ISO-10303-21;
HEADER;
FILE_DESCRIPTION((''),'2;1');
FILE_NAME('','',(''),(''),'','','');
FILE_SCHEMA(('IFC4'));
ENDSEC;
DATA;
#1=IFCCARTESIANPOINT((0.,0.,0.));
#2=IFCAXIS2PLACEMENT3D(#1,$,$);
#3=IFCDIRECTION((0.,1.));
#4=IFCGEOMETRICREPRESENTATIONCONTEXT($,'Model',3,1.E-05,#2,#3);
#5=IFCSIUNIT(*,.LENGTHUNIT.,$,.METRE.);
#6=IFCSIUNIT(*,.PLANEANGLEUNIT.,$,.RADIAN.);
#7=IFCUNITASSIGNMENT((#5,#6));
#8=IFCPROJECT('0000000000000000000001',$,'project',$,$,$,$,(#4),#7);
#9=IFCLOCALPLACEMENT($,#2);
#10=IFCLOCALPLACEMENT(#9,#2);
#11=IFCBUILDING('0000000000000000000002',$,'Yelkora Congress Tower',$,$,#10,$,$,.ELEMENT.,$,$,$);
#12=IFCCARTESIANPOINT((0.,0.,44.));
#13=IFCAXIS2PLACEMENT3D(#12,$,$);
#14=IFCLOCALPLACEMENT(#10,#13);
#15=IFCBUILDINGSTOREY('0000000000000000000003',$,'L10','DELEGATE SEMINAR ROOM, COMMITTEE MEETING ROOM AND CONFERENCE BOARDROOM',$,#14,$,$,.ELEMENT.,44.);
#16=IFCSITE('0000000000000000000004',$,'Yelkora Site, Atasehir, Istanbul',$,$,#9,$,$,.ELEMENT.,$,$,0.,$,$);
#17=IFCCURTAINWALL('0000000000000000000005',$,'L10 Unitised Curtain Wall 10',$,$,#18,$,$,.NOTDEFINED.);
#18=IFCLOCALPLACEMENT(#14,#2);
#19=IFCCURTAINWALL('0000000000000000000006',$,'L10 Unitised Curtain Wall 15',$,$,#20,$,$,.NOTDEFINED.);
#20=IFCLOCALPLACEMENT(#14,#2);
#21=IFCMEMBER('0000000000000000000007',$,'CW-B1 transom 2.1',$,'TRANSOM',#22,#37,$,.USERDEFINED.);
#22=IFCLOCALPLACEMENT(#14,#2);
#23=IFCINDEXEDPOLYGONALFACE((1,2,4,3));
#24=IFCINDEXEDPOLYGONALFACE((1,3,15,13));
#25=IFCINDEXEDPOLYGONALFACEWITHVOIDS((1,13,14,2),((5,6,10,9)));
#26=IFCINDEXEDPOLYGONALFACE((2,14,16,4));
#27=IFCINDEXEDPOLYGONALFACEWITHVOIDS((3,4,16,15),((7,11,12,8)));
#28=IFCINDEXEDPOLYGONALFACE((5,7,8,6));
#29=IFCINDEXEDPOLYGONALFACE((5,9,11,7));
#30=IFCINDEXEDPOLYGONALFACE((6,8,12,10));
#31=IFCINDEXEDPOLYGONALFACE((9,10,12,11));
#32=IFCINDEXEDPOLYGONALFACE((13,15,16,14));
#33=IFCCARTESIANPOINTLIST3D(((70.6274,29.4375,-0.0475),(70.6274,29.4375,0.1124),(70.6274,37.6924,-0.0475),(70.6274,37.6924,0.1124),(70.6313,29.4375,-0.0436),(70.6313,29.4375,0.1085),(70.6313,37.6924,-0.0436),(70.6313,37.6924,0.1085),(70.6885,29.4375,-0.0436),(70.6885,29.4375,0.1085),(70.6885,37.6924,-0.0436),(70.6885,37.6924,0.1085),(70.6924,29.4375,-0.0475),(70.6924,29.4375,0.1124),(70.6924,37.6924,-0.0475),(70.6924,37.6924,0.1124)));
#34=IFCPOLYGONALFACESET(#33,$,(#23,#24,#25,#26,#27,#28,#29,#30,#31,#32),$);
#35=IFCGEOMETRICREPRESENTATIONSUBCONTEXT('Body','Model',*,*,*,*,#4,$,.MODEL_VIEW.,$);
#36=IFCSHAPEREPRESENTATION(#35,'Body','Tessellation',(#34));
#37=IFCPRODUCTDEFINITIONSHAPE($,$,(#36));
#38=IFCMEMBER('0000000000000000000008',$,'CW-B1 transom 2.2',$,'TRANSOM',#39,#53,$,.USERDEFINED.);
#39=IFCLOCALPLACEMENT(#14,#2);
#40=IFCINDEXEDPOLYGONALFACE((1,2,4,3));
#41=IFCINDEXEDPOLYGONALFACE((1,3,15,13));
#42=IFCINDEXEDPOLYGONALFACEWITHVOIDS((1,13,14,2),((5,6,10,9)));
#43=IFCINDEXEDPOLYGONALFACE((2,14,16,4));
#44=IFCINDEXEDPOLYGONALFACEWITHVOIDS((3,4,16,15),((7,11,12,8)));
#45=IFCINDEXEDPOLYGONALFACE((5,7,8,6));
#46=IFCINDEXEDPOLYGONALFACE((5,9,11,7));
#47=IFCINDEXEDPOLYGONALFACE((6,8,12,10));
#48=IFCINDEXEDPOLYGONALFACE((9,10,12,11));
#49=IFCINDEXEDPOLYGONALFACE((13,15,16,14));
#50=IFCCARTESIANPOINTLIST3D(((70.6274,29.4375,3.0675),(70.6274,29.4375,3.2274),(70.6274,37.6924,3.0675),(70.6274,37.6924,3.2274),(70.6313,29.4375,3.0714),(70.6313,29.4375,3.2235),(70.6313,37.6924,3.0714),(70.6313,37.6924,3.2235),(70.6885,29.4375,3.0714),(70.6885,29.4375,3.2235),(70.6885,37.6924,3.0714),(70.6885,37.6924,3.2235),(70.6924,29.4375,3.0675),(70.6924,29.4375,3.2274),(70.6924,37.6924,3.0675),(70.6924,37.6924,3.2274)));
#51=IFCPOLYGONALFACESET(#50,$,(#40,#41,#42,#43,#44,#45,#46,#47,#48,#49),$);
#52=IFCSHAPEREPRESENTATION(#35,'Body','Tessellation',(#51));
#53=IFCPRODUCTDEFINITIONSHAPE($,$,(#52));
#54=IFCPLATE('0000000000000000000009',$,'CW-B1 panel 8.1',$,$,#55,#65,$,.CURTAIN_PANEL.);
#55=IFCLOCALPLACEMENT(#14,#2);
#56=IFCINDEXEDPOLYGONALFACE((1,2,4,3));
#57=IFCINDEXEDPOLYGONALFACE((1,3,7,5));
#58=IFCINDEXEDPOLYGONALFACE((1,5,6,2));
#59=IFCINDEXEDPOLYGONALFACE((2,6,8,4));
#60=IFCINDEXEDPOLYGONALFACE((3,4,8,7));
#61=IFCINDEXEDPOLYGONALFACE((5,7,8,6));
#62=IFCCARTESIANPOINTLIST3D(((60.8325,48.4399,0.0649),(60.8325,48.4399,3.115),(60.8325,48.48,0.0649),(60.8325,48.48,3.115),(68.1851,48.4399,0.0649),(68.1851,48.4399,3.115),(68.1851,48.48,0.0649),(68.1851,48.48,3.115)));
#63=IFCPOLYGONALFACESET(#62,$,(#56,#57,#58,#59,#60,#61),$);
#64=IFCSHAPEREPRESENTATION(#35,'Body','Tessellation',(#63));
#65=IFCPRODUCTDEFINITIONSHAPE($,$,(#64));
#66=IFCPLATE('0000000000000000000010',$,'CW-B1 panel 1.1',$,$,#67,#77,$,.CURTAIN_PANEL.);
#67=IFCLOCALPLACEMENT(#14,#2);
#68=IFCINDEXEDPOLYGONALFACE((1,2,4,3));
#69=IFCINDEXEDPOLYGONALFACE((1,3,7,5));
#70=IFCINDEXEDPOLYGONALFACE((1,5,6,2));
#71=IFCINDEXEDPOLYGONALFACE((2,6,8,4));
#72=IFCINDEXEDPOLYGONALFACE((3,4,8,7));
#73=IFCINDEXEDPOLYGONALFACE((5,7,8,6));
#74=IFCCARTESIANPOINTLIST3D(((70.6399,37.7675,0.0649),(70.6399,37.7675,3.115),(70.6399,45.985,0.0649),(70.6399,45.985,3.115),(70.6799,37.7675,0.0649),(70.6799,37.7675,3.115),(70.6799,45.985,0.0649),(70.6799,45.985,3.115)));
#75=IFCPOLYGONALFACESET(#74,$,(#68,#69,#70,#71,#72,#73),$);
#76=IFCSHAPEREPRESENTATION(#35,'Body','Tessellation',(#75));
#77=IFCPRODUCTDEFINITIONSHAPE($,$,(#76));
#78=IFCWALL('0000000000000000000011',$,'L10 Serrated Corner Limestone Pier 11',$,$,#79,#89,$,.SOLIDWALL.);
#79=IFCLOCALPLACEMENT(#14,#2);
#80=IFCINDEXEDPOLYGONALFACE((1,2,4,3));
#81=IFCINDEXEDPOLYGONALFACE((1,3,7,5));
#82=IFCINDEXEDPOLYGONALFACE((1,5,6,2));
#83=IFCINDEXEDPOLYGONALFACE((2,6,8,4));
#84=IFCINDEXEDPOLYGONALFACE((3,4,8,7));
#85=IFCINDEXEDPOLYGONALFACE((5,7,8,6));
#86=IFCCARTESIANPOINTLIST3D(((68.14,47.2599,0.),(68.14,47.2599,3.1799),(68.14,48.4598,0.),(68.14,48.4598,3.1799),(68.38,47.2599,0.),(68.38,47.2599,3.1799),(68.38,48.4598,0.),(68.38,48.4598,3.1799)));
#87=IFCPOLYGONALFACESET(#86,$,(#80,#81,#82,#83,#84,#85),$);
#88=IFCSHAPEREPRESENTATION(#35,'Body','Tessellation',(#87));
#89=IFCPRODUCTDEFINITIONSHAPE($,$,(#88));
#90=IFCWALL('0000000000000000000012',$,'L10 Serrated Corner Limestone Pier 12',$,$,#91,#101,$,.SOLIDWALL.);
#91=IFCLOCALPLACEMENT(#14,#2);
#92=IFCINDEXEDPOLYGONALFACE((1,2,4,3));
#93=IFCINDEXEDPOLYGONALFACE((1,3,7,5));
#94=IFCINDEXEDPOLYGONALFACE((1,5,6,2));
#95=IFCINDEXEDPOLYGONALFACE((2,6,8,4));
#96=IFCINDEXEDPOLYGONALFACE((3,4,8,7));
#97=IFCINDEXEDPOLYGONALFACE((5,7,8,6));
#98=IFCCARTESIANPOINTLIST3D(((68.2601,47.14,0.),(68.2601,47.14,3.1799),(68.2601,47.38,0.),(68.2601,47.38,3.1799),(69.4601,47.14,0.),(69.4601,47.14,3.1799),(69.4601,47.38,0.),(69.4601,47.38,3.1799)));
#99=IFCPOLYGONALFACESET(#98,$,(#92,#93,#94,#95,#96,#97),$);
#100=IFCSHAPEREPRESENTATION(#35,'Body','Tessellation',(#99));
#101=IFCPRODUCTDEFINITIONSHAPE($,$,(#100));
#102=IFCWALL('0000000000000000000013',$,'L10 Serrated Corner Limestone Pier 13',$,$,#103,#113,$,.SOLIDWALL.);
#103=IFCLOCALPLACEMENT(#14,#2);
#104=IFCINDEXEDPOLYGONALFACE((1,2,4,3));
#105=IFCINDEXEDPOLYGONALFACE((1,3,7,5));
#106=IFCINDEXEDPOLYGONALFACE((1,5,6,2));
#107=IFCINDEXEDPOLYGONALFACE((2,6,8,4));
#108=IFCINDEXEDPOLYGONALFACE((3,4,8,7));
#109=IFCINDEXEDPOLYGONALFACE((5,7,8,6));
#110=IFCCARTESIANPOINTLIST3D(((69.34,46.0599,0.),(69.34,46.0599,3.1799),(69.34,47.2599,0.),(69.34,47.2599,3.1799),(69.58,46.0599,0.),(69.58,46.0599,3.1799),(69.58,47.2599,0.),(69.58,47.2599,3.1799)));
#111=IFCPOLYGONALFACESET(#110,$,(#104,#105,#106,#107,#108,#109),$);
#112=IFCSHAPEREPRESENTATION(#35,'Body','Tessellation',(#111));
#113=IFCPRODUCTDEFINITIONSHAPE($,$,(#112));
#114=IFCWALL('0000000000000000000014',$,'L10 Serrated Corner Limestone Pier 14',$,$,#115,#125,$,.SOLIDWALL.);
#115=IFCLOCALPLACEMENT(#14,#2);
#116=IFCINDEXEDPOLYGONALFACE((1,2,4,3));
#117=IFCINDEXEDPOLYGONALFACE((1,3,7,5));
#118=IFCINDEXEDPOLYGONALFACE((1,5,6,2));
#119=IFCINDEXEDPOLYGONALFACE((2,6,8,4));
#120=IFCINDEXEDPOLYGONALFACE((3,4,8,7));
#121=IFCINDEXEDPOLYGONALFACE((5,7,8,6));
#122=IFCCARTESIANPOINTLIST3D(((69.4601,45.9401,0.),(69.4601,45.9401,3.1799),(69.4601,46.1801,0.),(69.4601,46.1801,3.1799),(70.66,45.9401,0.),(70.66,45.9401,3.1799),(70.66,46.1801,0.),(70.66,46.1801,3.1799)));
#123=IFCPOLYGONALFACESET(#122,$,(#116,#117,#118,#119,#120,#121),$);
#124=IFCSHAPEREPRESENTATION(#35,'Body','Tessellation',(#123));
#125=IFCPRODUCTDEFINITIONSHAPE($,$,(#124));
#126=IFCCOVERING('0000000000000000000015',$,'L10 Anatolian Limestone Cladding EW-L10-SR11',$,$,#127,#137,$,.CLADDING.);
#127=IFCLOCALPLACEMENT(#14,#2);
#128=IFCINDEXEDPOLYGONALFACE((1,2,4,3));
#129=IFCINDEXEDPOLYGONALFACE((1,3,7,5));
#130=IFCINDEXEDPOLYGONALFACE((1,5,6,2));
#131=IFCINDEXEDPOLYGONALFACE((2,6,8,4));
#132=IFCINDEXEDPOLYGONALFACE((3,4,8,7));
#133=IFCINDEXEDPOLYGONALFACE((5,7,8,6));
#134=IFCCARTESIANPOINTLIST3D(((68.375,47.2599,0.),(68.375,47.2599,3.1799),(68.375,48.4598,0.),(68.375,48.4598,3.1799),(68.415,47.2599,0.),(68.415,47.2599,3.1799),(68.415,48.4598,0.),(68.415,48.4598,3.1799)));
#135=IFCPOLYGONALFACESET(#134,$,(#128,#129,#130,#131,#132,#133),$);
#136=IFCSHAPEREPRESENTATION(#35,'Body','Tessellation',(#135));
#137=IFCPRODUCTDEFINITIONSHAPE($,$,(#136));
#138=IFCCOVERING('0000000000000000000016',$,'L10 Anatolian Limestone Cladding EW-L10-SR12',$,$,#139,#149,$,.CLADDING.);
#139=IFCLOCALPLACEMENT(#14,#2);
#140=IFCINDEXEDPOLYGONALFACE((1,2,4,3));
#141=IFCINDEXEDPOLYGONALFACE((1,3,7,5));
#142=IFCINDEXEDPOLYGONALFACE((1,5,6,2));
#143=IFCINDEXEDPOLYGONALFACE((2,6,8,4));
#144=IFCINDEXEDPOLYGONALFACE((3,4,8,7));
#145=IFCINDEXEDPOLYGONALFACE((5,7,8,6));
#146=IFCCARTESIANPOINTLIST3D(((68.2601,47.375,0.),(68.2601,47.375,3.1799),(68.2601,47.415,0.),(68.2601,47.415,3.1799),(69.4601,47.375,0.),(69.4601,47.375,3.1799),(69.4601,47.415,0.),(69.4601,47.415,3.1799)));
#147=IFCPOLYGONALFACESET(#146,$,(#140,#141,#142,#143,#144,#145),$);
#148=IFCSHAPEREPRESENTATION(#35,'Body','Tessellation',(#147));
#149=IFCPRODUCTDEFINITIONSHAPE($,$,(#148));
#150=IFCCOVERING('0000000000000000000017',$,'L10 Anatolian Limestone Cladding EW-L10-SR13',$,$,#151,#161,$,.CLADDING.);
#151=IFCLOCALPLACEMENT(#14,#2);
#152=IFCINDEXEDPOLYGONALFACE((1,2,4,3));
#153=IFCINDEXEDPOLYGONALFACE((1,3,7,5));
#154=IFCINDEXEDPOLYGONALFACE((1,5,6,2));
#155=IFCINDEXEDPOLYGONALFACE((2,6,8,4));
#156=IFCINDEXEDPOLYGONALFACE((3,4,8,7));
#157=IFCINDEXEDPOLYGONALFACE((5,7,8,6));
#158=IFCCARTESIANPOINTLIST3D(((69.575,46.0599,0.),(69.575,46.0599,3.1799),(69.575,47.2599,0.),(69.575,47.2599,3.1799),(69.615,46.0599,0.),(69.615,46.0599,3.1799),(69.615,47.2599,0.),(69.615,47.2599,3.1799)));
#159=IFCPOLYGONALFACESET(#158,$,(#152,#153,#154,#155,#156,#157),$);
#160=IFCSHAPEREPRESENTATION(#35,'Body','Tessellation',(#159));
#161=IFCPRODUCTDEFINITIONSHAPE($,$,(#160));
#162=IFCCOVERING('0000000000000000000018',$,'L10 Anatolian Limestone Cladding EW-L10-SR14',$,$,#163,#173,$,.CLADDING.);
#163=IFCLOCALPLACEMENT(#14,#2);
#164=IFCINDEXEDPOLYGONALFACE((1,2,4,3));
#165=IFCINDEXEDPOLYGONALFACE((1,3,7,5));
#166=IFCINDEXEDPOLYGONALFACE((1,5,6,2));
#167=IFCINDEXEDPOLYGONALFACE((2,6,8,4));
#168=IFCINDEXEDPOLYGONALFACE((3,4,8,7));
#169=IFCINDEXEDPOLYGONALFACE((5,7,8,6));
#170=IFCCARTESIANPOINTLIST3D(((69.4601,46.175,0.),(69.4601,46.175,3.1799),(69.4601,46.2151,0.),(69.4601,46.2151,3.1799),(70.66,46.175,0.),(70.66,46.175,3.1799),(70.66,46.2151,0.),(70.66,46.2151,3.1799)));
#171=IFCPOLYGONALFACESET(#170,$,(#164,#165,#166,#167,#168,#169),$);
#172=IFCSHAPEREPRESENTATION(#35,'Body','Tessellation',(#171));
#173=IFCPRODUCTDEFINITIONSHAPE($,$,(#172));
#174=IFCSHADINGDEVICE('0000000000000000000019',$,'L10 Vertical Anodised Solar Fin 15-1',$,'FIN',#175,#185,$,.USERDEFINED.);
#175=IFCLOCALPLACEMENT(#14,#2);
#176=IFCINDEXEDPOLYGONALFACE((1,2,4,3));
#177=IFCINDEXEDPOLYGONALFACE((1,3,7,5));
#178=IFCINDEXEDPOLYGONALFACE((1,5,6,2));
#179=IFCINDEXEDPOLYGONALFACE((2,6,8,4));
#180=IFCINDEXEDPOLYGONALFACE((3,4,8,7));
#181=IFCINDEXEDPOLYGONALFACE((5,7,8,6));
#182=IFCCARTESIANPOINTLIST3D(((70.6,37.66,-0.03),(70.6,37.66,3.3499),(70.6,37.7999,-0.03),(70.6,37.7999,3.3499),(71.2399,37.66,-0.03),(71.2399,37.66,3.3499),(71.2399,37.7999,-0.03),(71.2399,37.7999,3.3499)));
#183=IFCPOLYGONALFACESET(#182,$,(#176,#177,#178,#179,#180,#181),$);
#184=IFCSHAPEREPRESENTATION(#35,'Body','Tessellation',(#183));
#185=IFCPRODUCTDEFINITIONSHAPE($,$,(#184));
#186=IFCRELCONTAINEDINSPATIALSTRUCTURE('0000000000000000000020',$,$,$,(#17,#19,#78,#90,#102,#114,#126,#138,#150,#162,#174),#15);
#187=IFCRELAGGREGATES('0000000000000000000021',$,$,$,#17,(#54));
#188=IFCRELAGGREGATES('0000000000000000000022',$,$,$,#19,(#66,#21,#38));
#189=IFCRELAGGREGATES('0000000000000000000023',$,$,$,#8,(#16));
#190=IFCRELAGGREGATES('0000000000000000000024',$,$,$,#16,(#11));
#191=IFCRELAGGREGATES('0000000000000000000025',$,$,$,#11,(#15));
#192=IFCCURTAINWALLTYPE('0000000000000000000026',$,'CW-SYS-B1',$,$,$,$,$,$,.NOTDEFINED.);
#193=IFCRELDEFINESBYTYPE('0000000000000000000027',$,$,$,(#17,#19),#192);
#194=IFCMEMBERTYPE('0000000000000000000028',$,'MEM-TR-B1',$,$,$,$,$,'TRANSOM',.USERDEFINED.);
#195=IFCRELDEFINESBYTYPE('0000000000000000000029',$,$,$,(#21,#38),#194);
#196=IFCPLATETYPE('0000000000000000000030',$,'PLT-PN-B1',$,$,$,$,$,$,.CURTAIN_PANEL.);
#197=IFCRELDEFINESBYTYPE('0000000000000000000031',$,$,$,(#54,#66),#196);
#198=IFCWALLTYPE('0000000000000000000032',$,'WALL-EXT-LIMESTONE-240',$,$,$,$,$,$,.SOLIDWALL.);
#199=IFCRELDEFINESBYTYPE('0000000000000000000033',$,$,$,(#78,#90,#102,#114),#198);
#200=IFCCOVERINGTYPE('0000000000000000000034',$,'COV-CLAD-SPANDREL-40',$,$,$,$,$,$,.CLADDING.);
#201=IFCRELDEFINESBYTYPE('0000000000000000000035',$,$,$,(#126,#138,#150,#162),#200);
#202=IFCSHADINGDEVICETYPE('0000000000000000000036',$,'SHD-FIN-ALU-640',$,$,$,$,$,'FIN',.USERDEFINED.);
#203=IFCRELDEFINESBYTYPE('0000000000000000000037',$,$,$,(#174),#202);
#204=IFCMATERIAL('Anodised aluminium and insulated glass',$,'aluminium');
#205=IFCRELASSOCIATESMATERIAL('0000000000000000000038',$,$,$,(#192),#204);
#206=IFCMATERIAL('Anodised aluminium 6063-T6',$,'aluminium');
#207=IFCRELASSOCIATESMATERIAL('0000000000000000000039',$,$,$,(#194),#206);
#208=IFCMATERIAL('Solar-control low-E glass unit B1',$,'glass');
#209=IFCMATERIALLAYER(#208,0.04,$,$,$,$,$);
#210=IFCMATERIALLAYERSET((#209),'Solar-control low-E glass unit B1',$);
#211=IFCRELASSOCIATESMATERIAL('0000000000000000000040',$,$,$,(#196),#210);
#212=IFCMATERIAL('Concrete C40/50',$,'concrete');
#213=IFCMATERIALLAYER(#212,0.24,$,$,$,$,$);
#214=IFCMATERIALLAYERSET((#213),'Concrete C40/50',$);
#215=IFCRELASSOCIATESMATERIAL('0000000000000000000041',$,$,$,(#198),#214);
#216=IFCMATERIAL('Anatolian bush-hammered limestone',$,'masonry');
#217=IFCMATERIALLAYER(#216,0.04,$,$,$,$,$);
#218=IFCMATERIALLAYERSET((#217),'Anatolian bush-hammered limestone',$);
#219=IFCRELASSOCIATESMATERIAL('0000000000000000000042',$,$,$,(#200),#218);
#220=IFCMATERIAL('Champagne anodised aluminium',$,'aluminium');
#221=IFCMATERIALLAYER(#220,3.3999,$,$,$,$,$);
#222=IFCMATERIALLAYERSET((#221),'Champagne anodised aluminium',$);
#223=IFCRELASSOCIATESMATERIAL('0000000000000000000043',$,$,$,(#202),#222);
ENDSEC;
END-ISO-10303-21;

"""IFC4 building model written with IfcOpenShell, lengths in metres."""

from ifc_helpers import new_model, si_unit, direction, frame, frame_2d, origin, origin_2d, place, context, subcontext, project, spatial, rectangle, hollow_rectangle, extrude, material, layer, layer_set, material_profile, profile_set, type_object, element, aggregate, save


model = new_model("IFC4")

# Units and contexts
model_context = context("Model", 3, precision=1e-05, world=origin(), true_north=direction((0.0, 1.0)))
body_context = subcontext(model_context, "Body", "Model", "MODEL_VIEW")
ifc_project = project(units=[si_unit("LENGTHUNIT", "METRE"), si_unit("PLANEANGLEUNIT", "RADIAN")], contexts=[model_context])

# Site, building, storey
site_placement = place(None, origin())
site = spatial("IfcSite", under=ifc_project, at=site_placement, Name="Yelkora Site, Atasehir, Istanbul", CompositionType="ELEMENT", RefElevation=0.0)
building_placement = place(site_placement, origin())
building = spatial("IfcBuilding", under=site, at=building_placement, Name="Yelkora Congress Tower", CompositionType="ELEMENT")
storey_placement = place(building_placement, frame((0.0, 0.0, 44.0)))
storey = spatial("IfcBuildingStorey", under=building, at=storey_placement, Name="L10", Description="DELEGATE SEMINAR ROOM, COMMITTEE MEETING ROOM AND CONFERENCE BOARDROOM", CompositionType="ELEMENT", Elevation=44.0)

# Curtain wall
ifc_material_1 = material(Name="Anodised aluminium and insulated glass", Category="aluminium")
curtain_wall_type = type_object("IfcCurtainWallType", Name="CW-SYS-B1", PredefinedType="NOTDEFINED", material=ifc_material_1)
curtain_wall_1_placement = place(storey_placement, origin())
curtain_wall_1 = element("IfcCurtainWall", 1, at=curtain_wall_1_placement, inside=storey, type_object=curtain_wall_type, Name="L10 Unitised Curtain Wall 10", PredefinedType="NOTDEFINED")
ifc_material_2 = material(Name="Anodised aluminium 6063-T6", Category="aluminium")

# Curtain wall, members
curtain_wall_2_placement = place(storey_placement, origin())
curtain_wall_2 = element("IfcCurtainWall", 2, at=curtain_wall_2_placement, inside=storey, type_object=curtain_wall_type, Name="L10 Unitised Curtain Wall 15", PredefinedType="NOTDEFINED")
ifc_material_profile_1 = material_profile(ifc_material_2, hollow_rectangle(XDim=0.0649, YDim=0.1599, WallThickness=0.0039, at=origin_2d()), Name="ALU 65x160x4")
ifc_profile_set_1 = profile_set([ifc_material_profile_1], Name="Anodised aluminium 6063-T6")
member_type_1 = type_object("IfcMemberType", Name="MEM-TR-B1", ElementType="TRANSOM", PredefinedType="USERDEFINED", material=ifc_profile_set_1)
member_1_placement = place(storey_placement, frame((70.6599, 37.6924, 0.0325), z_axis=(0.0, -1.0, 0.0), x_axis=(1.0, 0.0, 0.0)))
member_1 = element("IfcMember", 3, at=member_1_placement, type_object=member_type_1, Name="CW-B1 transom 2.1", ObjectType="TRANSOM", PredefinedType="USERDEFINED", context=body_context, shape_type="SweptSolid", body=[
    extrude(hollow_rectangle(XDim=0.0649, YDim=0.1599, WallThickness=0.0039, at=origin_2d()), origin(), (0.0, 0.0, 1.0), 8.2549),
])
member_2_placement = place(storey_placement, frame((70.6599, 37.6924, 3.1475), z_axis=(0.0, -1.0, 0.0), x_axis=(1.0, 0.0, 0.0)))
member_2 = element("IfcMember", 4, at=member_2_placement, type_object=member_type_1, Name="CW-B1 transom 2.2", ObjectType="TRANSOM", PredefinedType="USERDEFINED", context=body_context, shape_type="SweptSolid", body=[
    extrude(hollow_rectangle(XDim=0.0649, YDim=0.1599, WallThickness=0.0039, at=origin_2d()), origin(), (0.0, 0.0, 1.0), 8.2549),
])

# Plates
ifc_material_3 = material(Name="Solar-control low-E glass unit B1", Category="glass")
ifc_layer_1 = layer(ifc_material_3, 0.04)
ifc_layer_set_1 = layer_set([ifc_layer_1], Name="Solar-control low-E glass unit B1")
plate_type = type_object("IfcPlateType", Name="PLT-PN-B1", PredefinedType="CURTAIN_PANEL", material=ifc_layer_set_1)
plate_1_placement = place(storey_placement, frame((64.5088, 48.46, 0.0649), z_axis=(0.0, 0.0, 1.0), x_axis=(1.0, 0.0, 0.0)))
plate_1 = element("IfcPlate", 5, at=plate_1_placement, type_object=plate_type, Name="CW-B1 panel 8.1", PredefinedType="CURTAIN_PANEL", context=body_context, shape_type="SweptSolid", body=[
    extrude(rectangle(XDim=7.3525, YDim=0.04, at=origin_2d()), origin(), (0.0, 0.0, 1.0), 3.05),
])
aggregate(curtain_wall_1, [plate_1])
plate_2_placement = place(storey_placement, frame((70.6599, 41.8762, 0.0649), z_axis=(0.0, 0.0, 1.0), x_axis=(0.0, -1.0, 0.0)))
plate_2 = element("IfcPlate", 6, at=plate_2_placement, type_object=plate_type, Name="CW-B1 panel 1.1", PredefinedType="CURTAIN_PANEL", context=body_context, shape_type="SweptSolid", body=[
    extrude(rectangle(XDim=8.2175, YDim=0.04, at=origin_2d()), origin(), (0.0, 0.0, 1.0), 3.05),
])
aggregate(curtain_wall_2, [plate_2, member_1, member_2])

# Walls
ifc_material_4 = material(Name="Concrete C40/50", Category="concrete")
ifc_layer_2 = layer(ifc_material_4, 0.24)
ifc_layer_set_2 = layer_set([ifc_layer_2], Name="Concrete C40/50")
wall_type = type_object("IfcWallType", Name="WALL-EXT-LIMESTONE-240", PredefinedType="SOLIDWALL", material=ifc_layer_set_2)
for number, where, z_axis, x_axis, name in (
    (7, (68.26, 48.46, 0.0), (0.0, 0.0, 1.0), (0.0, -1.0, 0.0), "L10 Serrated Corner Limestone Pier 11"),
    (8, (68.26, 47.26, 0.0), (0.0, 0.0, 1.0), (1.0, 0.0, 0.0), "L10 Serrated Corner Limestone Pier 12"),
    (9, (69.46, 47.26, 0.0), (0.0, 0.0, 1.0), (0.0, -1.0, 0.0), "L10 Serrated Corner Limestone Pier 13"),
    (10, (69.46, 46.0601, 0.0), (0.0, 0.0, 1.0), (1.0, 0.0, 0.0), "L10 Serrated Corner Limestone Pier 14"),
):
    element("IfcWall", number, at=place(storey_placement, frame(where, z_axis=z_axis, x_axis=x_axis)), inside=storey, type_object=wall_type, Name=name, PredefinedType="SOLIDWALL", context=body_context, shape_type="SweptSolid", body=[
        extrude(rectangle(XDim=1.2, YDim=0.24, at=frame_2d((0.6001, 0.0))), origin(), (0.0, 0.0, 1.0), 3.1799),
    ])

# Coverings
ifc_material_5 = material(Name="Anatolian bush-hammered limestone", Category="masonry")
ifc_layer_3 = layer(ifc_material_5, 0.04)
ifc_layer_set_3 = layer_set([ifc_layer_3], Name="Anatolian bush-hammered limestone")
covering_type = type_object("IfcCoveringType", Name="COV-CLAD-SPANDREL-40", PredefinedType="CLADDING", material=ifc_layer_set_3)
for number, where, z_axis, x_axis, name in (
    (11, (68.395, 48.46, 0.0), (0.0, 0.0, 1.0), (0.0, -1.0, 0.0), "L10 Anatolian Limestone Cladding EW-L10-SR11"),
    (12, (68.26, 47.395, 0.0), (0.0, 0.0, 1.0), (1.0, 0.0, 0.0), "L10 Anatolian Limestone Cladding EW-L10-SR12"),
    (13, (69.595, 47.26, 0.0), (0.0, 0.0, 1.0), (0.0, -1.0, 0.0), "L10 Anatolian Limestone Cladding EW-L10-SR13"),
    (14, (69.46, 46.1951, 0.0), (0.0, 0.0, 1.0), (1.0, 0.0, 0.0), "L10 Anatolian Limestone Cladding EW-L10-SR14"),
):
    element("IfcCovering", number, at=place(storey_placement, frame(where, z_axis=z_axis, x_axis=x_axis)), inside=storey, type_object=covering_type, Name=name, PredefinedType="CLADDING", context=body_context, shape_type="SweptSolid", body=[
        extrude(rectangle(XDim=1.2, YDim=0.04, at=frame_2d((0.6001, 0.0))), origin(), (0.0, 0.0, 1.0), 3.1799),
    ])

# Shading device
ifc_material_6 = material(Name="Champagne anodised aluminium", Category="aluminium")
ifc_layer_4 = layer(ifc_material_6, 3.3999)
ifc_layer_set_4 = layer_set([ifc_layer_4], Name="Champagne anodised aluminium")
shading_device_type = type_object("IfcShadingDeviceType", Name="SHD-FIN-ALU-640", ElementType="FIN", PredefinedType="USERDEFINED", material=ifc_layer_set_4)
shading_device_placement = place(storey_placement, frame((70.9199, 37.73, -0.03), z_axis=(0.0, 0.0, 1.0), x_axis=(0.0, -1.0, 0.0)))
element("IfcShadingDevice", 15, at=shading_device_placement, inside=storey, type_object=shading_device_type, Name="L10 Vertical Anodised Solar Fin 15-1", ObjectType="FIN", PredefinedType="USERDEFINED", context=body_context, shape_type="SweptSolid", body=[
    extrude(rectangle(XDim=0.1399, YDim=0.6399, at=origin_2d()), origin(), (0.0, 0.0, 1.0), 3.3799),
])

save(model, "model.ifc")
